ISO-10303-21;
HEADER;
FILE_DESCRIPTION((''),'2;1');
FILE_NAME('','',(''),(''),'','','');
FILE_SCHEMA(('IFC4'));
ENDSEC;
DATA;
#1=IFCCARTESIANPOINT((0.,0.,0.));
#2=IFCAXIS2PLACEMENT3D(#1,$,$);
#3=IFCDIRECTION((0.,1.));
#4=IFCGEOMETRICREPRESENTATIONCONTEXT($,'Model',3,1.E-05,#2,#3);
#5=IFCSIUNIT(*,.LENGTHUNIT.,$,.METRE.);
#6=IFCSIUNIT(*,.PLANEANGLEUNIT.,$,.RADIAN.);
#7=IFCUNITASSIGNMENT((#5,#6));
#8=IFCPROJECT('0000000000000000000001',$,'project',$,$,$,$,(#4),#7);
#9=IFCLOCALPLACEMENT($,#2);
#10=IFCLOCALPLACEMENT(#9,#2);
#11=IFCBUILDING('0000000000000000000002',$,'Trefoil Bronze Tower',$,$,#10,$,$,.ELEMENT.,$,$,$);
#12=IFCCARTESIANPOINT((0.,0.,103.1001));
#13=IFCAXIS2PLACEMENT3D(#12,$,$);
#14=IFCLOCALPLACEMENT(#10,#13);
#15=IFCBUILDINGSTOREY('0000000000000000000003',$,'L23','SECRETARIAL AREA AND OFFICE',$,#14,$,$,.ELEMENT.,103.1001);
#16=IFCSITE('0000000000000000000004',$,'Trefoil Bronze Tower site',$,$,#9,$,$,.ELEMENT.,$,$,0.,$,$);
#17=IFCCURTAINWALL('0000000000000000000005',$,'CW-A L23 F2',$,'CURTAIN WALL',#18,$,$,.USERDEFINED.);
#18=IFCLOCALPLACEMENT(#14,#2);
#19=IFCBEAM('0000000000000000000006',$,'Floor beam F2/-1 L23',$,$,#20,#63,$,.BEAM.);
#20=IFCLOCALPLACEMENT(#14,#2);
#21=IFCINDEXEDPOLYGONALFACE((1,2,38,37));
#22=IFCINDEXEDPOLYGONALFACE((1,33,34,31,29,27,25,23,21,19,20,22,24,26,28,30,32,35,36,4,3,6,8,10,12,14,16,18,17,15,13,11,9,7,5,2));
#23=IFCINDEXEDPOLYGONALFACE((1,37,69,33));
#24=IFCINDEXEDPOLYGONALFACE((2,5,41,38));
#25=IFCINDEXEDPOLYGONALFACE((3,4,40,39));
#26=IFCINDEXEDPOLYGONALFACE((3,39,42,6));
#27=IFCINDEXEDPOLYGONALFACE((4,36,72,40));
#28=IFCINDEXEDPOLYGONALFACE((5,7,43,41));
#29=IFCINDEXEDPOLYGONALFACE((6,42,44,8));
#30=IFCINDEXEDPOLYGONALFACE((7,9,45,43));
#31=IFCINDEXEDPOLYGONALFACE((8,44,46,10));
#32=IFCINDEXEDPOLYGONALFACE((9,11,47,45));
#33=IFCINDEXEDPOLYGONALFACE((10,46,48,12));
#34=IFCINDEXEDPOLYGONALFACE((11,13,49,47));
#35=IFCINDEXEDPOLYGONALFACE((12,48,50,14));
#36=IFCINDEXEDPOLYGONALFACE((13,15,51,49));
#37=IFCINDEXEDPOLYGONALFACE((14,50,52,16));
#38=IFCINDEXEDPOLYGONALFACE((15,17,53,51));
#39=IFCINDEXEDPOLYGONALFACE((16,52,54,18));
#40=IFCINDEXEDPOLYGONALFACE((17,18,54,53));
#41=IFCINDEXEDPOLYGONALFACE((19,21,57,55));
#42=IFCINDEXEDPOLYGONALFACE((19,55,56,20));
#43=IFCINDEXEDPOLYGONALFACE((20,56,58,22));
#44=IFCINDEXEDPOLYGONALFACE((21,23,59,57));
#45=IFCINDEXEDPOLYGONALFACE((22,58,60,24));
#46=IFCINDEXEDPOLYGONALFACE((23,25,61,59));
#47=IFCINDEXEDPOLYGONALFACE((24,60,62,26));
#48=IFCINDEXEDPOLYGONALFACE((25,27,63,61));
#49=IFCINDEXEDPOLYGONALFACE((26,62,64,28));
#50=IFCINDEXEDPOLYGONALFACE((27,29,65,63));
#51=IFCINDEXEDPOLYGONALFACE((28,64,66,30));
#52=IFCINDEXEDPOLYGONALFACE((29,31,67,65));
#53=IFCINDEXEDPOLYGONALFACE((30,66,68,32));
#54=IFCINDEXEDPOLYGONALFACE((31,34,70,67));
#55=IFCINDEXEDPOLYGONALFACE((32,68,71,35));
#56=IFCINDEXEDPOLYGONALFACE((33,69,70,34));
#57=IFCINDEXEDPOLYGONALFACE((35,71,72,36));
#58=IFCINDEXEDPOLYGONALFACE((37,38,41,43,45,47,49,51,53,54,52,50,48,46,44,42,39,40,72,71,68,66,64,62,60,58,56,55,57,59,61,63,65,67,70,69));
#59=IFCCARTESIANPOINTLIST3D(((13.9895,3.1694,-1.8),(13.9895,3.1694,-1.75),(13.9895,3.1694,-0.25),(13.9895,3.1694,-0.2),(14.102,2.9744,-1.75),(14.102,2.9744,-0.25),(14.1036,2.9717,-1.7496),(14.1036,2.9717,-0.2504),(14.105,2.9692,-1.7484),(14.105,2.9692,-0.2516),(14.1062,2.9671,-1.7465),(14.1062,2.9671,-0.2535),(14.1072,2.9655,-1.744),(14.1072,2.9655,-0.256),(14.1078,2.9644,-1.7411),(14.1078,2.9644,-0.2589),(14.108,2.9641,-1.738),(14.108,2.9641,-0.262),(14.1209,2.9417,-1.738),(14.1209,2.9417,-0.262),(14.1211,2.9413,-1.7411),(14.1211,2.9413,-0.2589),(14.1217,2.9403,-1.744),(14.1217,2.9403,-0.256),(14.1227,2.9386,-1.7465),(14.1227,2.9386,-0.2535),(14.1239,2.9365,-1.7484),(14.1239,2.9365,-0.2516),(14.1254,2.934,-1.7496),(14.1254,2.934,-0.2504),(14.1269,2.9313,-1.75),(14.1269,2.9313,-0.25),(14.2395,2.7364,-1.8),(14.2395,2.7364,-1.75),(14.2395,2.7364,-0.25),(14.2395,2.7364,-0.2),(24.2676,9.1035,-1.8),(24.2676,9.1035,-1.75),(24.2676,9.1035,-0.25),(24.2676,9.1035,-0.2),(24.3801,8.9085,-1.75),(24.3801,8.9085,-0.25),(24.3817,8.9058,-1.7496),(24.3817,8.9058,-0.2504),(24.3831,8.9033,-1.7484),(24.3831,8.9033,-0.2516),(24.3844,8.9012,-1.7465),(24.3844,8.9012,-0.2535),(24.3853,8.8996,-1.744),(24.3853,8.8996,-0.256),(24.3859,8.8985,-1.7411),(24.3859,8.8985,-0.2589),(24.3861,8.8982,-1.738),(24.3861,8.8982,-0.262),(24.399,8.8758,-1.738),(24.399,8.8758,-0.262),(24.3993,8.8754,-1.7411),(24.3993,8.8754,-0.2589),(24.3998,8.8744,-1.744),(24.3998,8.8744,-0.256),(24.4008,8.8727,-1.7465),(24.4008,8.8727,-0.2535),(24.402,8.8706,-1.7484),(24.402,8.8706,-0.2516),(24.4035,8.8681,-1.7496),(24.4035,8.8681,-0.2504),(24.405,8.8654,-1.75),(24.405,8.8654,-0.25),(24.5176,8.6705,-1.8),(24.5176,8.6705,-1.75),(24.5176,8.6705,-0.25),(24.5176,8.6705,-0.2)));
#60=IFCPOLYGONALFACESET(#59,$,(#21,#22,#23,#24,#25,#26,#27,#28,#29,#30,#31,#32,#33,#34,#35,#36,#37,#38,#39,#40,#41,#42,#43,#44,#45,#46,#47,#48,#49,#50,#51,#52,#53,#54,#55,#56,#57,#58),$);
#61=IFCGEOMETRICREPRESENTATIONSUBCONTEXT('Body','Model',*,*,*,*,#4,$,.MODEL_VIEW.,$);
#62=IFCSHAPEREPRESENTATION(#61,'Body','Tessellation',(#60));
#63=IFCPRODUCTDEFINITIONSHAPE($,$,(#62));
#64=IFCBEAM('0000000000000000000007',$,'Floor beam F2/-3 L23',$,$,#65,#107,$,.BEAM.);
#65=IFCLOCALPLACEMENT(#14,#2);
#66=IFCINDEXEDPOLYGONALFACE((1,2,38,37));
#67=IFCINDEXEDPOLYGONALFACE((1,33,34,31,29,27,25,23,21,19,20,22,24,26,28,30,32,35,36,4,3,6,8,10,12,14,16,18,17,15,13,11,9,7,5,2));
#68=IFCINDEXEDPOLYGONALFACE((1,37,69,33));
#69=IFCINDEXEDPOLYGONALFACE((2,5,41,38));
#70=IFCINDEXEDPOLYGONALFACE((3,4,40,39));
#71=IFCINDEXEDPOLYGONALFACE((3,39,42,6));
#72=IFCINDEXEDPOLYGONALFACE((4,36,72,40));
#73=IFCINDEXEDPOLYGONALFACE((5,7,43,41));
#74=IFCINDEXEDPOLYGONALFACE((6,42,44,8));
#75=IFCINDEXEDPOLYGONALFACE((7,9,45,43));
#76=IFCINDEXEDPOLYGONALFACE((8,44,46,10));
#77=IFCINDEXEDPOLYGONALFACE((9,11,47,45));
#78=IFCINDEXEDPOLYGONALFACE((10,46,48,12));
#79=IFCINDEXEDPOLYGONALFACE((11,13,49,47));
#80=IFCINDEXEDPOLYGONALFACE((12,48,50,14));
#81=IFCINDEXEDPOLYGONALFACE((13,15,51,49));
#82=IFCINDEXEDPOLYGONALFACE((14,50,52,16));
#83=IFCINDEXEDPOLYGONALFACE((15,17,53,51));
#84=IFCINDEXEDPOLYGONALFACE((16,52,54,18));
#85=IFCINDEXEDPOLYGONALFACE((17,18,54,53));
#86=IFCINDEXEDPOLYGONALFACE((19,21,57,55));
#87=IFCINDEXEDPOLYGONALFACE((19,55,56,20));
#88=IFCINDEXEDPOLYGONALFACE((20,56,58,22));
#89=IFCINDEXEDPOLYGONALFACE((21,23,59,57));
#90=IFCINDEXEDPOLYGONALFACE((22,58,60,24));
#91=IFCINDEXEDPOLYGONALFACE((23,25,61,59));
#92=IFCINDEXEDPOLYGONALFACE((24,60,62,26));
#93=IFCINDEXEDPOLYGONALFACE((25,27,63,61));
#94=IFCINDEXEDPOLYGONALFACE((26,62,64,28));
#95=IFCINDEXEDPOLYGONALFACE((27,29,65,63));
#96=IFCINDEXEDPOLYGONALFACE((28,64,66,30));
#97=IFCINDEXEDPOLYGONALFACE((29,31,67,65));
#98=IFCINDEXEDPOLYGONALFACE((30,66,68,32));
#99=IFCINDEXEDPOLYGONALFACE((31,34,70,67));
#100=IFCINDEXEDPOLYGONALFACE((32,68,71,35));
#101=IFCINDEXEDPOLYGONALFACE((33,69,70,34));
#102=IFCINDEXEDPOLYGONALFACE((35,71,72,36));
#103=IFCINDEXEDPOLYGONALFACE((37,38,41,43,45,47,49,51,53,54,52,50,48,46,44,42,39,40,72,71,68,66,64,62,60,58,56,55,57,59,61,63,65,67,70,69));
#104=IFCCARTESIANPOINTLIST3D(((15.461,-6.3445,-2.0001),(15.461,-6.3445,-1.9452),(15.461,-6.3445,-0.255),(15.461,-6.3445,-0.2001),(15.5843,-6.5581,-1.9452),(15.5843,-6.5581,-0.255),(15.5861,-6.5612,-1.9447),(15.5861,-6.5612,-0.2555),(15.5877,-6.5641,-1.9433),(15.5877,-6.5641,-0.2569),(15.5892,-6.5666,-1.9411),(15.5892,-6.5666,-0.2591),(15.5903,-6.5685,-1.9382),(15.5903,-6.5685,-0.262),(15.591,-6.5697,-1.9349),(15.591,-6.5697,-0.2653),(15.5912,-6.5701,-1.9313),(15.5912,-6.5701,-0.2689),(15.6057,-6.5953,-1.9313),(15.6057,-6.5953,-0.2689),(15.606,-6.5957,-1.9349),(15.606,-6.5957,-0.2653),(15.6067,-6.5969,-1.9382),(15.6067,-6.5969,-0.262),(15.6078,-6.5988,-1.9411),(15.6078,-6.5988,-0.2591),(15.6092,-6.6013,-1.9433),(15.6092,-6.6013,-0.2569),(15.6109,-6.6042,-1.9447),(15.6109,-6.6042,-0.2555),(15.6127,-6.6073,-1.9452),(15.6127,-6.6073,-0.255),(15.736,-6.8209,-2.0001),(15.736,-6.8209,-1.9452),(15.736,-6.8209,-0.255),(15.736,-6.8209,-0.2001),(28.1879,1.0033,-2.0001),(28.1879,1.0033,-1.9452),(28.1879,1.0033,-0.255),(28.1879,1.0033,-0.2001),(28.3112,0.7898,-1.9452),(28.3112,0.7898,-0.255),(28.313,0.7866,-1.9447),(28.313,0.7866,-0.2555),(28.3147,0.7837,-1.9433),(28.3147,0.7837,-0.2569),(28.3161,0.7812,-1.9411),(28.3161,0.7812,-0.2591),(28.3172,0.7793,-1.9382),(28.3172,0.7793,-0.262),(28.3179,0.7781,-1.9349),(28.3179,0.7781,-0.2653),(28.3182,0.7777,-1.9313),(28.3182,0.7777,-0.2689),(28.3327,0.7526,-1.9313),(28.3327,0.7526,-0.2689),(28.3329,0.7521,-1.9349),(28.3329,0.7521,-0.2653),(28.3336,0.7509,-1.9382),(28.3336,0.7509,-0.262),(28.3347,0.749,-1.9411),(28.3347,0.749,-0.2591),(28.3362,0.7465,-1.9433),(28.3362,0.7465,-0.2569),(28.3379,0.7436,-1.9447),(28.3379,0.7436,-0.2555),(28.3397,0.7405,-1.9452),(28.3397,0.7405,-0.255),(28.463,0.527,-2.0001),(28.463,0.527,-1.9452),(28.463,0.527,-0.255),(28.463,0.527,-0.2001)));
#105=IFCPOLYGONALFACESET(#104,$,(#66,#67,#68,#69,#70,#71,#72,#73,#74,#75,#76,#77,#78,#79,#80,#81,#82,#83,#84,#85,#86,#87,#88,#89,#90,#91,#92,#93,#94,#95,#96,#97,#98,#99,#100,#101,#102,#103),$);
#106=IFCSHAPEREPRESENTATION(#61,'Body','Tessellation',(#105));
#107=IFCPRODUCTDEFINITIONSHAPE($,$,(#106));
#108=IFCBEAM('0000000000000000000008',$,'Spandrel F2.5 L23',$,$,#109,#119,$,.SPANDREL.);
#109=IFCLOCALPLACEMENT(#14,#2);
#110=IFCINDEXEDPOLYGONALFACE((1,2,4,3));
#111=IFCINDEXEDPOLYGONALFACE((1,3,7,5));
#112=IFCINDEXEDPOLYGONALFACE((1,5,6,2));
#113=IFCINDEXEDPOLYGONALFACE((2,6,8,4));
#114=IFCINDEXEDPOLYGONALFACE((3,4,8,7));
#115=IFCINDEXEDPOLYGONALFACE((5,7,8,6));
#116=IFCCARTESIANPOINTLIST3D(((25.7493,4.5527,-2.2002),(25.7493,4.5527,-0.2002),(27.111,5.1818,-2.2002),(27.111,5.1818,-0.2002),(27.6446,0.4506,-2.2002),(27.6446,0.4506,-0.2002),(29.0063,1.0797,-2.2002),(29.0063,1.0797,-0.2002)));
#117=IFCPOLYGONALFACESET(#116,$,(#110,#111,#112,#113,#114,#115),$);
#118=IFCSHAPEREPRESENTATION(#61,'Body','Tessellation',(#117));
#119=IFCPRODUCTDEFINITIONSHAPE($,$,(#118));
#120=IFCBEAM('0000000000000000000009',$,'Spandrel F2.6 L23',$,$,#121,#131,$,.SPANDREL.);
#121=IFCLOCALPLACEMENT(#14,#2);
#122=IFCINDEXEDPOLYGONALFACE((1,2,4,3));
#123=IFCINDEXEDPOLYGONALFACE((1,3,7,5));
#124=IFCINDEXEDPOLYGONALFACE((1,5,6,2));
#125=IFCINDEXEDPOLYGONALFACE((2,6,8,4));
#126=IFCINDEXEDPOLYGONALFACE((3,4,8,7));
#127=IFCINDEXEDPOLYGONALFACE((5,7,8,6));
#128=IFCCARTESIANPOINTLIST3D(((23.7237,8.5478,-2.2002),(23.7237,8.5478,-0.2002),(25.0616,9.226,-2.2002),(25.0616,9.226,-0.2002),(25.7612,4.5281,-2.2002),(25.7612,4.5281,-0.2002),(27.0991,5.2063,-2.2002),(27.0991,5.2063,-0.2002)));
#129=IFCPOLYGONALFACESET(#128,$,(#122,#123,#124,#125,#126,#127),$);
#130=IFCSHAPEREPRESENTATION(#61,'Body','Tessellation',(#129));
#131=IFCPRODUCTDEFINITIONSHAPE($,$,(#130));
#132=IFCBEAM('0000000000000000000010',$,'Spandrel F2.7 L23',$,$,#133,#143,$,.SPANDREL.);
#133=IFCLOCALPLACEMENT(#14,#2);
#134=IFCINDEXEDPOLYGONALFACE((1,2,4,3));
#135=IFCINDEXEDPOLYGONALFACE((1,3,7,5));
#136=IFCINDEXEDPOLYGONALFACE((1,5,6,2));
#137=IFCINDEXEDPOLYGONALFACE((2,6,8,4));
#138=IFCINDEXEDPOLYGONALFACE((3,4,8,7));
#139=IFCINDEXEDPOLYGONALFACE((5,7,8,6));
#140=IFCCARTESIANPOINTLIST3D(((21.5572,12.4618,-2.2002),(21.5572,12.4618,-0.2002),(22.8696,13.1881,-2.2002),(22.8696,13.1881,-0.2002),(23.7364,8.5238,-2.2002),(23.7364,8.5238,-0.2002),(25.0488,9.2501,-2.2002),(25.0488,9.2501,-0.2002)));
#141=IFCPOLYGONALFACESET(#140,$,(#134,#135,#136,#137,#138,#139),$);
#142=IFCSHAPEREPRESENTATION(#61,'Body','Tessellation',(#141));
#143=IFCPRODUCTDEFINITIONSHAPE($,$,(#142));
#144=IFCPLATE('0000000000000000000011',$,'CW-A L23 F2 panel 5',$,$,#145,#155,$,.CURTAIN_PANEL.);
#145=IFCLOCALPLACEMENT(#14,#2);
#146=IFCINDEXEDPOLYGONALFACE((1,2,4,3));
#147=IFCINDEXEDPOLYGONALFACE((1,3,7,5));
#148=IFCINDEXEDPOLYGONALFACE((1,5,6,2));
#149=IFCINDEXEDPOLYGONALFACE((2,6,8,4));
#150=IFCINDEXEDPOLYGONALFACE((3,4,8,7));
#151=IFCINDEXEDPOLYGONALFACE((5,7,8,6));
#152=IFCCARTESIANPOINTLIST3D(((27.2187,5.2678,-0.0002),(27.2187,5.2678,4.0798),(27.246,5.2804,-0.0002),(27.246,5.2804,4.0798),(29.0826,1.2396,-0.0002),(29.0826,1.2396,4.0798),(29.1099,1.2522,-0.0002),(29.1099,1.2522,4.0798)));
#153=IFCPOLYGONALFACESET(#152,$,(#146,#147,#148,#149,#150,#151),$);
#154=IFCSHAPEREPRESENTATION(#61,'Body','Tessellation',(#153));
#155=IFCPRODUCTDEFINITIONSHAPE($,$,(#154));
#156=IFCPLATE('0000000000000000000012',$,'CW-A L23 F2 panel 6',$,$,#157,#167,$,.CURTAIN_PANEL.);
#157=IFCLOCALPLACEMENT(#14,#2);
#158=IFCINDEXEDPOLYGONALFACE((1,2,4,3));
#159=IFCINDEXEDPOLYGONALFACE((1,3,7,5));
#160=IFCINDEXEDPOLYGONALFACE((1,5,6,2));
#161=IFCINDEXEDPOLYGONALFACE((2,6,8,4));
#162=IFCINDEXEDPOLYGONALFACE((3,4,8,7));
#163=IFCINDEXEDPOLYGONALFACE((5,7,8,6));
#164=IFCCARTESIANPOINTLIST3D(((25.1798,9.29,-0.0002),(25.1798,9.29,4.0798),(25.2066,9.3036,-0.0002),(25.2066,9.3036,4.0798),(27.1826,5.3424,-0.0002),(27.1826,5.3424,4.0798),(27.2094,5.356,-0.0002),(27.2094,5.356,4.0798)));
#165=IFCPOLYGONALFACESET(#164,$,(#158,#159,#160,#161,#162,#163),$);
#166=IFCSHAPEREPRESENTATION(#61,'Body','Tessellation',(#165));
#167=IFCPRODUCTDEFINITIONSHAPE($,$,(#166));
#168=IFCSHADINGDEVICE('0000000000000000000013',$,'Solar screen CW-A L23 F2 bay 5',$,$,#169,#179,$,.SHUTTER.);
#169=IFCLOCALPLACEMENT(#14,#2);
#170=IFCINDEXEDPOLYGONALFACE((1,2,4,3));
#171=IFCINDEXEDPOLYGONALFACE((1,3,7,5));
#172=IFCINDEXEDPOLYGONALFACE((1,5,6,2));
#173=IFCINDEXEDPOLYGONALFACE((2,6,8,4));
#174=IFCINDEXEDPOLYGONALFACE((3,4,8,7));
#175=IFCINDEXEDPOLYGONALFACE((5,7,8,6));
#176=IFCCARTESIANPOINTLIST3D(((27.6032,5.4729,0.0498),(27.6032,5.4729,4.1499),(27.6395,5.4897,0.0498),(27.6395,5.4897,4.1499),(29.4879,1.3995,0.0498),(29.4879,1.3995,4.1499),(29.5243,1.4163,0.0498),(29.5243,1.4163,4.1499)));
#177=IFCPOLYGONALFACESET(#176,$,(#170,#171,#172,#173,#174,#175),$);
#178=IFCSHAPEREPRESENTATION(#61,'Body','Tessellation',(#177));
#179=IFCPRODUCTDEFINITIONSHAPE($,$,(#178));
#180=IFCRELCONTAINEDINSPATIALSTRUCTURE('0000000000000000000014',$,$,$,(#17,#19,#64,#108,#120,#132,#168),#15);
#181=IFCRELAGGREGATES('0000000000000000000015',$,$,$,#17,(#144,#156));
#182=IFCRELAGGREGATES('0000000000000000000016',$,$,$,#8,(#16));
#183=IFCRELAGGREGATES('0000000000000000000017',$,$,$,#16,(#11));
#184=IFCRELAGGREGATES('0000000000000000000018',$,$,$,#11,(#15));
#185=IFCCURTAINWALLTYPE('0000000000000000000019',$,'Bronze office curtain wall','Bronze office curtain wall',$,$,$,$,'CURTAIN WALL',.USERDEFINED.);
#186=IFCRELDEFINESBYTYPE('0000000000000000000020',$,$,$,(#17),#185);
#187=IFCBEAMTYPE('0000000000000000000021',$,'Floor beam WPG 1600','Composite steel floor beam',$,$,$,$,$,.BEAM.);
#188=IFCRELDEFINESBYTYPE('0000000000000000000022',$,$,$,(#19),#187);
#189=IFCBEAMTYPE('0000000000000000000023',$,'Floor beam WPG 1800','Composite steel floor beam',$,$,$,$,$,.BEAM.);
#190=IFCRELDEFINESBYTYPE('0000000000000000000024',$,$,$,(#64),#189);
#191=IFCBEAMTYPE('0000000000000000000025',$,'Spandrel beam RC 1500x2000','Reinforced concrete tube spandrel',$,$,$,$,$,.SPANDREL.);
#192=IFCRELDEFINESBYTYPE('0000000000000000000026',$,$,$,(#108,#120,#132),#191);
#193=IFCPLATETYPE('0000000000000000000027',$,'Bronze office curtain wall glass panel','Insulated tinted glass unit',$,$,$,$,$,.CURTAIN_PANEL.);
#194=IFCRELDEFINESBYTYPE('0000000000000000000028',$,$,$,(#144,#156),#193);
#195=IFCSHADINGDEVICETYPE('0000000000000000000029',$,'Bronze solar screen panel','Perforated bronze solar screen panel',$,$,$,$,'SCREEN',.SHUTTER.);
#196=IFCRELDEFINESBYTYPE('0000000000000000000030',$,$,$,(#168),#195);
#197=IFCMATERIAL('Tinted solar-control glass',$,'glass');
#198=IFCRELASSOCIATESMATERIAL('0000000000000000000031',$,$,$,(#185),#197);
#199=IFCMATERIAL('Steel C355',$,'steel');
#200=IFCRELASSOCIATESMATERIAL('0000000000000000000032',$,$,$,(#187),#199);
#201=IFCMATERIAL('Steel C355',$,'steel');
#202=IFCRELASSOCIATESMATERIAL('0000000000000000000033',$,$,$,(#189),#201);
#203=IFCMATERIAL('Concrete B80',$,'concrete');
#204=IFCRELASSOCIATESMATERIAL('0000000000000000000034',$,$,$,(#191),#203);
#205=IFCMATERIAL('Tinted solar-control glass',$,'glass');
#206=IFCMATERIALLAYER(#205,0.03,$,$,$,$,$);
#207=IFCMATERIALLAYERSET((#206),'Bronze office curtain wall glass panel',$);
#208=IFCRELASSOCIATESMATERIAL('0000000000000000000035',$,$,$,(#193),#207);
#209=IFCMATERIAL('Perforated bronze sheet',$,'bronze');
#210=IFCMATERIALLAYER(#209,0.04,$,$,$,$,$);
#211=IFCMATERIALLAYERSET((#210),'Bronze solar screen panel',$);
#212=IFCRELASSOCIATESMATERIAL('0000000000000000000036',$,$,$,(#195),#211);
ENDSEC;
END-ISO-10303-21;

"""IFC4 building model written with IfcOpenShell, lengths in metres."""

from ifc_helpers import new_model, si_unit, direction, frame, origin, origin_2d, place, context, subcontext, project, spatial, rectangle, i_section, extrude, material, layer, layer_set, material_profile, profile_set, type_object, element, aggregate, save


model = new_model("IFC4")

# Units and contexts
model_context = context("Model", 3, precision=1e-05, world=origin(), true_north=direction((0.0, 1.0)))
body_context = subcontext(model_context, "Body", "Model", "MODEL_VIEW")
ifc_project = project(units=[si_unit("LENGTHUNIT", "METRE"), si_unit("PLANEANGLEUNIT", "RADIAN")], contexts=[model_context])

# Site, building, storey
site_placement = place(None, origin())
site = spatial("IfcSite", under=ifc_project, at=site_placement, Name="Trefoil Bronze Tower site", CompositionType="ELEMENT", RefElevation=0.0)
building_placement = place(site_placement, origin())
building = spatial("IfcBuilding", under=site, at=building_placement, Name="Trefoil Bronze Tower", CompositionType="ELEMENT")
storey_placement = place(building_placement, frame((0.0, 0.0, 103.1001)))
storey = spatial("IfcBuildingStorey", under=building, at=storey_placement, Name="L23", Description="SECRETARIAL AREA AND OFFICE", CompositionType="ELEMENT", Elevation=103.1001)

# Curtain wall
ifc_material_1 = material(Name="Tinted solar-control glass", Category="glass")
curtain_wall_type = type_object("IfcCurtainWallType", Name="Bronze office curtain wall", Description="Bronze office curtain wall", ElementType="CURTAIN WALL", PredefinedType="USERDEFINED", material=ifc_material_1)
curtain_wall_placement = place(storey_placement, origin())
curtain_wall = element("IfcCurtainWall", 1, at=curtain_wall_placement, inside=storey, type_object=curtain_wall_type, Name="CW-A L23 F2", ObjectType="CURTAIN WALL", PredefinedType="USERDEFINED")

# Beams
ifc_material_2 = material(Name="Steel C355", Category="steel")
ifc_material_profile_1 = material_profile(ifc_material_2, i_section(OverallWidth=0.5, OverallDepth=1.6001, WebThickness=0.0259, FlangeThickness=0.05, FilletRadius=0.012, at=origin_2d()), Name="WPG 1600")
ifc_profile_set_1 = profile_set([ifc_material_profile_1], Name="Steel C355")
beam_type_1 = type_object("IfcBeamType", Name="Floor beam WPG 1600", Description="Composite steel floor beam", PredefinedType="BEAM", material=ifc_profile_set_1)
beam_1_placement = place(storey_placement, frame((24.3926, 8.887, -1.0), z_axis=(-0.866024, -0.500002, 0.0), x_axis=(0.500002, -0.866024, 0.0)))
element("IfcBeam", 2, at=beam_1_placement, inside=storey, type_object=beam_type_1, Name="Floor beam F2/-1 L23", PredefinedType="BEAM", context=body_context, shape_type="SweptSolid", body=[
    extrude(i_section(OverallWidth=0.5, OverallDepth=1.6001, WebThickness=0.0259, FlangeThickness=0.05, FilletRadius=0.012, at=origin_2d()), origin(), (0.0, 0.0, 1.0), 11.8682),
])
ifc_material_3 = material(Name="Steel C355", Category="steel")
ifc_material_profile_2 = material_profile(ifc_material_3, i_section(OverallWidth=0.55, OverallDepth=1.8, WebThickness=0.0291, FlangeThickness=0.0549, FilletRadius=0.0139, at=origin_2d()), Name="WPG 1800")
ifc_profile_set_2 = profile_set([ifc_material_profile_2], Name="Steel C355")
beam_type_2 = type_object("IfcBeamType", Name="Floor beam WPG 1800", Description="Composite steel floor beam", PredefinedType="BEAM", material=ifc_profile_set_2)
beam_2_placement = place(storey_placement, frame((28.3254, 0.7651, -1.1001), z_axis=(-0.866027, -0.499997, 0.0), x_axis=(0.499997, -0.866027, 0.0)))
element("IfcBeam", 3, at=beam_2_placement, inside=storey, type_object=beam_type_2, Name="Floor beam F2/-3 L23", PredefinedType="BEAM", context=body_context, shape_type="SweptSolid", body=[
    extrude(i_section(OverallWidth=0.55, OverallDepth=1.8, WebThickness=0.0291, FlangeThickness=0.0549, FilletRadius=0.0139, at=origin_2d()), origin(), (0.0, 0.0, 1.0), 14.6958),
])
ifc_material_4 = material(Name="Concrete B80", Category="concrete")
ifc_material_profile_3 = material_profile(ifc_material_4, rectangle(XDim=1.5, YDim=2.0, at=origin_2d()), Name="RC 1500x2000")
ifc_profile_set_3 = profile_set([ifc_material_profile_3], Name="Concrete B80")
beam_type_3 = type_object("IfcBeamType", Name="Spandrel beam RC 1500x2000", Description="Reinforced concrete tube spandrel", PredefinedType="SPANDREL", material=ifc_profile_set_3)
beam_3_placement = place(storey_placement, frame((28.3254, 0.7651, -1.2002), z_axis=(-0.419425, 0.90779, 0.0), x_axis=(-0.90779, -0.419425, 0.0)))
element("IfcBeam", 4, at=beam_3_placement, inside=storey, type_object=beam_type_3, Name="Spandrel F2.5 L23", PredefinedType="SPANDREL", context=body_context, shape_type="SweptSolid", body=[
    extrude(rectangle(XDim=1.5, YDim=2.0, at=origin_2d()), origin(), (0.0, 0.0, 1.0), 4.5188),
])
beam_4_placement = place(storey_placement, frame((26.4302, 4.8672, -1.2002), z_axis=(-0.452126, 0.891954, 0.0), x_axis=(-0.891954, -0.452126, 0.0)))
element("IfcBeam", 5, at=beam_4_placement, inside=storey, type_object=beam_type_3, Name="Spandrel F2.6 L23", PredefinedType="SPANDREL", context=body_context, shape_type="SweptSolid", body=[
    extrude(rectangle(XDim=1.5, YDim=2.0, at=origin_2d()), origin(), (0.0, 0.0, 1.0), 4.5066),
])
beam_5_placement = place(storey_placement, frame((24.3926, 8.887, -1.2002), z_axis=(-0.484187, 0.874965, 0.0), x_axis=(-0.874965, -0.484187, 0.0)))
element("IfcBeam", 6, at=beam_5_placement, inside=storey, type_object=beam_type_3, Name="Spandrel F2.7 L23", PredefinedType="SPANDREL", context=body_context, shape_type="SweptSolid", body=[
    extrude(rectangle(XDim=1.5, YDim=2.0, at=origin_2d()), origin(), (0.0, 0.0, 1.0), 4.5007),
])

# Plates
ifc_material_5 = material(Name="Tinted solar-control glass", Category="glass")
ifc_layer_1 = layer(ifc_material_5, 0.03)
ifc_layer_set_1 = layer_set([ifc_layer_1], Name="Bronze office curtain wall glass panel")
plate_type = type_object("IfcPlateType", Name="Bronze office curtain wall glass panel", Description="Insulated tinted glass unit", PredefinedType="CURTAIN_PANEL", material=ifc_layer_set_1)
plate_1_placement = place(storey_placement, frame((28.1643, 3.26, -0.0002), z_axis=(0.0, 0.0, 1.0), x_axis=(-0.419933, 0.907555, 0.0)))
plate_1 = element("IfcPlate", 7, at=plate_1_placement, type_object=plate_type, Name="CW-A L23 F2 panel 5", PredefinedType="CURTAIN_PANEL", context=body_context, shape_type="SweptSolid", body=[
    extrude(rectangle(XDim=4.4385, YDim=0.03, at=origin_2d()), origin(), (0.0, 0.0, 1.0), 4.0801),
])
plate_2_placement = place(storey_placement, frame((26.1946, 7.323, -0.0002), z_axis=(0.0, 0.0, 1.0), x_axis=(-0.452449, 0.89179, 0.0)))
plate_2 = element("IfcPlate", 8, at=plate_2_placement, type_object=plate_type, Name="CW-A L23 F2 panel 6", PredefinedType="CURTAIN_PANEL", context=body_context, shape_type="SweptSolid", body=[
    extrude(rectangle(XDim=4.4265, YDim=0.03, at=origin_2d()), origin(), (0.0, 0.0, 1.0), 4.0801),
])
aggregate(curtain_wall, [plate_1, plate_2])

# Shading device
ifc_material_6 = material(Name="Perforated bronze sheet", Category="bronze")
ifc_layer_2 = layer(ifc_material_6, 0.04)
ifc_layer_set_2 = layer_set([ifc_layer_2], Name="Bronze solar screen panel")
shading_device_type = type_object("IfcShadingDeviceType", Name="Bronze solar screen panel", Description="Perforated bronze solar screen panel", ElementType="SCREEN", PredefinedType="SHUTTER", material=ifc_layer_set_2)
shading_device_1_placement = place(storey_placement, frame((28.5637, 3.4446, 0.0498), z_axis=(0.0, 0.0, 1.0), x_axis=(-0.419933, 0.907555, 0.0)))
element("IfcShadingDevice", 9, at=shading_device_1_placement, inside=storey, type_object=shading_device_type, Name="Solar screen CW-A L23 F2 bay 5", PredefinedType="SHUTTER", context=body_context, shape_type="SweptSolid", body=[
    extrude(rectangle(XDim=4.4883, YDim=0.04, at=origin_2d()), origin(), (0.0, 0.0, 1.0), 4.1001),
])

save(model, "model.ifc")
